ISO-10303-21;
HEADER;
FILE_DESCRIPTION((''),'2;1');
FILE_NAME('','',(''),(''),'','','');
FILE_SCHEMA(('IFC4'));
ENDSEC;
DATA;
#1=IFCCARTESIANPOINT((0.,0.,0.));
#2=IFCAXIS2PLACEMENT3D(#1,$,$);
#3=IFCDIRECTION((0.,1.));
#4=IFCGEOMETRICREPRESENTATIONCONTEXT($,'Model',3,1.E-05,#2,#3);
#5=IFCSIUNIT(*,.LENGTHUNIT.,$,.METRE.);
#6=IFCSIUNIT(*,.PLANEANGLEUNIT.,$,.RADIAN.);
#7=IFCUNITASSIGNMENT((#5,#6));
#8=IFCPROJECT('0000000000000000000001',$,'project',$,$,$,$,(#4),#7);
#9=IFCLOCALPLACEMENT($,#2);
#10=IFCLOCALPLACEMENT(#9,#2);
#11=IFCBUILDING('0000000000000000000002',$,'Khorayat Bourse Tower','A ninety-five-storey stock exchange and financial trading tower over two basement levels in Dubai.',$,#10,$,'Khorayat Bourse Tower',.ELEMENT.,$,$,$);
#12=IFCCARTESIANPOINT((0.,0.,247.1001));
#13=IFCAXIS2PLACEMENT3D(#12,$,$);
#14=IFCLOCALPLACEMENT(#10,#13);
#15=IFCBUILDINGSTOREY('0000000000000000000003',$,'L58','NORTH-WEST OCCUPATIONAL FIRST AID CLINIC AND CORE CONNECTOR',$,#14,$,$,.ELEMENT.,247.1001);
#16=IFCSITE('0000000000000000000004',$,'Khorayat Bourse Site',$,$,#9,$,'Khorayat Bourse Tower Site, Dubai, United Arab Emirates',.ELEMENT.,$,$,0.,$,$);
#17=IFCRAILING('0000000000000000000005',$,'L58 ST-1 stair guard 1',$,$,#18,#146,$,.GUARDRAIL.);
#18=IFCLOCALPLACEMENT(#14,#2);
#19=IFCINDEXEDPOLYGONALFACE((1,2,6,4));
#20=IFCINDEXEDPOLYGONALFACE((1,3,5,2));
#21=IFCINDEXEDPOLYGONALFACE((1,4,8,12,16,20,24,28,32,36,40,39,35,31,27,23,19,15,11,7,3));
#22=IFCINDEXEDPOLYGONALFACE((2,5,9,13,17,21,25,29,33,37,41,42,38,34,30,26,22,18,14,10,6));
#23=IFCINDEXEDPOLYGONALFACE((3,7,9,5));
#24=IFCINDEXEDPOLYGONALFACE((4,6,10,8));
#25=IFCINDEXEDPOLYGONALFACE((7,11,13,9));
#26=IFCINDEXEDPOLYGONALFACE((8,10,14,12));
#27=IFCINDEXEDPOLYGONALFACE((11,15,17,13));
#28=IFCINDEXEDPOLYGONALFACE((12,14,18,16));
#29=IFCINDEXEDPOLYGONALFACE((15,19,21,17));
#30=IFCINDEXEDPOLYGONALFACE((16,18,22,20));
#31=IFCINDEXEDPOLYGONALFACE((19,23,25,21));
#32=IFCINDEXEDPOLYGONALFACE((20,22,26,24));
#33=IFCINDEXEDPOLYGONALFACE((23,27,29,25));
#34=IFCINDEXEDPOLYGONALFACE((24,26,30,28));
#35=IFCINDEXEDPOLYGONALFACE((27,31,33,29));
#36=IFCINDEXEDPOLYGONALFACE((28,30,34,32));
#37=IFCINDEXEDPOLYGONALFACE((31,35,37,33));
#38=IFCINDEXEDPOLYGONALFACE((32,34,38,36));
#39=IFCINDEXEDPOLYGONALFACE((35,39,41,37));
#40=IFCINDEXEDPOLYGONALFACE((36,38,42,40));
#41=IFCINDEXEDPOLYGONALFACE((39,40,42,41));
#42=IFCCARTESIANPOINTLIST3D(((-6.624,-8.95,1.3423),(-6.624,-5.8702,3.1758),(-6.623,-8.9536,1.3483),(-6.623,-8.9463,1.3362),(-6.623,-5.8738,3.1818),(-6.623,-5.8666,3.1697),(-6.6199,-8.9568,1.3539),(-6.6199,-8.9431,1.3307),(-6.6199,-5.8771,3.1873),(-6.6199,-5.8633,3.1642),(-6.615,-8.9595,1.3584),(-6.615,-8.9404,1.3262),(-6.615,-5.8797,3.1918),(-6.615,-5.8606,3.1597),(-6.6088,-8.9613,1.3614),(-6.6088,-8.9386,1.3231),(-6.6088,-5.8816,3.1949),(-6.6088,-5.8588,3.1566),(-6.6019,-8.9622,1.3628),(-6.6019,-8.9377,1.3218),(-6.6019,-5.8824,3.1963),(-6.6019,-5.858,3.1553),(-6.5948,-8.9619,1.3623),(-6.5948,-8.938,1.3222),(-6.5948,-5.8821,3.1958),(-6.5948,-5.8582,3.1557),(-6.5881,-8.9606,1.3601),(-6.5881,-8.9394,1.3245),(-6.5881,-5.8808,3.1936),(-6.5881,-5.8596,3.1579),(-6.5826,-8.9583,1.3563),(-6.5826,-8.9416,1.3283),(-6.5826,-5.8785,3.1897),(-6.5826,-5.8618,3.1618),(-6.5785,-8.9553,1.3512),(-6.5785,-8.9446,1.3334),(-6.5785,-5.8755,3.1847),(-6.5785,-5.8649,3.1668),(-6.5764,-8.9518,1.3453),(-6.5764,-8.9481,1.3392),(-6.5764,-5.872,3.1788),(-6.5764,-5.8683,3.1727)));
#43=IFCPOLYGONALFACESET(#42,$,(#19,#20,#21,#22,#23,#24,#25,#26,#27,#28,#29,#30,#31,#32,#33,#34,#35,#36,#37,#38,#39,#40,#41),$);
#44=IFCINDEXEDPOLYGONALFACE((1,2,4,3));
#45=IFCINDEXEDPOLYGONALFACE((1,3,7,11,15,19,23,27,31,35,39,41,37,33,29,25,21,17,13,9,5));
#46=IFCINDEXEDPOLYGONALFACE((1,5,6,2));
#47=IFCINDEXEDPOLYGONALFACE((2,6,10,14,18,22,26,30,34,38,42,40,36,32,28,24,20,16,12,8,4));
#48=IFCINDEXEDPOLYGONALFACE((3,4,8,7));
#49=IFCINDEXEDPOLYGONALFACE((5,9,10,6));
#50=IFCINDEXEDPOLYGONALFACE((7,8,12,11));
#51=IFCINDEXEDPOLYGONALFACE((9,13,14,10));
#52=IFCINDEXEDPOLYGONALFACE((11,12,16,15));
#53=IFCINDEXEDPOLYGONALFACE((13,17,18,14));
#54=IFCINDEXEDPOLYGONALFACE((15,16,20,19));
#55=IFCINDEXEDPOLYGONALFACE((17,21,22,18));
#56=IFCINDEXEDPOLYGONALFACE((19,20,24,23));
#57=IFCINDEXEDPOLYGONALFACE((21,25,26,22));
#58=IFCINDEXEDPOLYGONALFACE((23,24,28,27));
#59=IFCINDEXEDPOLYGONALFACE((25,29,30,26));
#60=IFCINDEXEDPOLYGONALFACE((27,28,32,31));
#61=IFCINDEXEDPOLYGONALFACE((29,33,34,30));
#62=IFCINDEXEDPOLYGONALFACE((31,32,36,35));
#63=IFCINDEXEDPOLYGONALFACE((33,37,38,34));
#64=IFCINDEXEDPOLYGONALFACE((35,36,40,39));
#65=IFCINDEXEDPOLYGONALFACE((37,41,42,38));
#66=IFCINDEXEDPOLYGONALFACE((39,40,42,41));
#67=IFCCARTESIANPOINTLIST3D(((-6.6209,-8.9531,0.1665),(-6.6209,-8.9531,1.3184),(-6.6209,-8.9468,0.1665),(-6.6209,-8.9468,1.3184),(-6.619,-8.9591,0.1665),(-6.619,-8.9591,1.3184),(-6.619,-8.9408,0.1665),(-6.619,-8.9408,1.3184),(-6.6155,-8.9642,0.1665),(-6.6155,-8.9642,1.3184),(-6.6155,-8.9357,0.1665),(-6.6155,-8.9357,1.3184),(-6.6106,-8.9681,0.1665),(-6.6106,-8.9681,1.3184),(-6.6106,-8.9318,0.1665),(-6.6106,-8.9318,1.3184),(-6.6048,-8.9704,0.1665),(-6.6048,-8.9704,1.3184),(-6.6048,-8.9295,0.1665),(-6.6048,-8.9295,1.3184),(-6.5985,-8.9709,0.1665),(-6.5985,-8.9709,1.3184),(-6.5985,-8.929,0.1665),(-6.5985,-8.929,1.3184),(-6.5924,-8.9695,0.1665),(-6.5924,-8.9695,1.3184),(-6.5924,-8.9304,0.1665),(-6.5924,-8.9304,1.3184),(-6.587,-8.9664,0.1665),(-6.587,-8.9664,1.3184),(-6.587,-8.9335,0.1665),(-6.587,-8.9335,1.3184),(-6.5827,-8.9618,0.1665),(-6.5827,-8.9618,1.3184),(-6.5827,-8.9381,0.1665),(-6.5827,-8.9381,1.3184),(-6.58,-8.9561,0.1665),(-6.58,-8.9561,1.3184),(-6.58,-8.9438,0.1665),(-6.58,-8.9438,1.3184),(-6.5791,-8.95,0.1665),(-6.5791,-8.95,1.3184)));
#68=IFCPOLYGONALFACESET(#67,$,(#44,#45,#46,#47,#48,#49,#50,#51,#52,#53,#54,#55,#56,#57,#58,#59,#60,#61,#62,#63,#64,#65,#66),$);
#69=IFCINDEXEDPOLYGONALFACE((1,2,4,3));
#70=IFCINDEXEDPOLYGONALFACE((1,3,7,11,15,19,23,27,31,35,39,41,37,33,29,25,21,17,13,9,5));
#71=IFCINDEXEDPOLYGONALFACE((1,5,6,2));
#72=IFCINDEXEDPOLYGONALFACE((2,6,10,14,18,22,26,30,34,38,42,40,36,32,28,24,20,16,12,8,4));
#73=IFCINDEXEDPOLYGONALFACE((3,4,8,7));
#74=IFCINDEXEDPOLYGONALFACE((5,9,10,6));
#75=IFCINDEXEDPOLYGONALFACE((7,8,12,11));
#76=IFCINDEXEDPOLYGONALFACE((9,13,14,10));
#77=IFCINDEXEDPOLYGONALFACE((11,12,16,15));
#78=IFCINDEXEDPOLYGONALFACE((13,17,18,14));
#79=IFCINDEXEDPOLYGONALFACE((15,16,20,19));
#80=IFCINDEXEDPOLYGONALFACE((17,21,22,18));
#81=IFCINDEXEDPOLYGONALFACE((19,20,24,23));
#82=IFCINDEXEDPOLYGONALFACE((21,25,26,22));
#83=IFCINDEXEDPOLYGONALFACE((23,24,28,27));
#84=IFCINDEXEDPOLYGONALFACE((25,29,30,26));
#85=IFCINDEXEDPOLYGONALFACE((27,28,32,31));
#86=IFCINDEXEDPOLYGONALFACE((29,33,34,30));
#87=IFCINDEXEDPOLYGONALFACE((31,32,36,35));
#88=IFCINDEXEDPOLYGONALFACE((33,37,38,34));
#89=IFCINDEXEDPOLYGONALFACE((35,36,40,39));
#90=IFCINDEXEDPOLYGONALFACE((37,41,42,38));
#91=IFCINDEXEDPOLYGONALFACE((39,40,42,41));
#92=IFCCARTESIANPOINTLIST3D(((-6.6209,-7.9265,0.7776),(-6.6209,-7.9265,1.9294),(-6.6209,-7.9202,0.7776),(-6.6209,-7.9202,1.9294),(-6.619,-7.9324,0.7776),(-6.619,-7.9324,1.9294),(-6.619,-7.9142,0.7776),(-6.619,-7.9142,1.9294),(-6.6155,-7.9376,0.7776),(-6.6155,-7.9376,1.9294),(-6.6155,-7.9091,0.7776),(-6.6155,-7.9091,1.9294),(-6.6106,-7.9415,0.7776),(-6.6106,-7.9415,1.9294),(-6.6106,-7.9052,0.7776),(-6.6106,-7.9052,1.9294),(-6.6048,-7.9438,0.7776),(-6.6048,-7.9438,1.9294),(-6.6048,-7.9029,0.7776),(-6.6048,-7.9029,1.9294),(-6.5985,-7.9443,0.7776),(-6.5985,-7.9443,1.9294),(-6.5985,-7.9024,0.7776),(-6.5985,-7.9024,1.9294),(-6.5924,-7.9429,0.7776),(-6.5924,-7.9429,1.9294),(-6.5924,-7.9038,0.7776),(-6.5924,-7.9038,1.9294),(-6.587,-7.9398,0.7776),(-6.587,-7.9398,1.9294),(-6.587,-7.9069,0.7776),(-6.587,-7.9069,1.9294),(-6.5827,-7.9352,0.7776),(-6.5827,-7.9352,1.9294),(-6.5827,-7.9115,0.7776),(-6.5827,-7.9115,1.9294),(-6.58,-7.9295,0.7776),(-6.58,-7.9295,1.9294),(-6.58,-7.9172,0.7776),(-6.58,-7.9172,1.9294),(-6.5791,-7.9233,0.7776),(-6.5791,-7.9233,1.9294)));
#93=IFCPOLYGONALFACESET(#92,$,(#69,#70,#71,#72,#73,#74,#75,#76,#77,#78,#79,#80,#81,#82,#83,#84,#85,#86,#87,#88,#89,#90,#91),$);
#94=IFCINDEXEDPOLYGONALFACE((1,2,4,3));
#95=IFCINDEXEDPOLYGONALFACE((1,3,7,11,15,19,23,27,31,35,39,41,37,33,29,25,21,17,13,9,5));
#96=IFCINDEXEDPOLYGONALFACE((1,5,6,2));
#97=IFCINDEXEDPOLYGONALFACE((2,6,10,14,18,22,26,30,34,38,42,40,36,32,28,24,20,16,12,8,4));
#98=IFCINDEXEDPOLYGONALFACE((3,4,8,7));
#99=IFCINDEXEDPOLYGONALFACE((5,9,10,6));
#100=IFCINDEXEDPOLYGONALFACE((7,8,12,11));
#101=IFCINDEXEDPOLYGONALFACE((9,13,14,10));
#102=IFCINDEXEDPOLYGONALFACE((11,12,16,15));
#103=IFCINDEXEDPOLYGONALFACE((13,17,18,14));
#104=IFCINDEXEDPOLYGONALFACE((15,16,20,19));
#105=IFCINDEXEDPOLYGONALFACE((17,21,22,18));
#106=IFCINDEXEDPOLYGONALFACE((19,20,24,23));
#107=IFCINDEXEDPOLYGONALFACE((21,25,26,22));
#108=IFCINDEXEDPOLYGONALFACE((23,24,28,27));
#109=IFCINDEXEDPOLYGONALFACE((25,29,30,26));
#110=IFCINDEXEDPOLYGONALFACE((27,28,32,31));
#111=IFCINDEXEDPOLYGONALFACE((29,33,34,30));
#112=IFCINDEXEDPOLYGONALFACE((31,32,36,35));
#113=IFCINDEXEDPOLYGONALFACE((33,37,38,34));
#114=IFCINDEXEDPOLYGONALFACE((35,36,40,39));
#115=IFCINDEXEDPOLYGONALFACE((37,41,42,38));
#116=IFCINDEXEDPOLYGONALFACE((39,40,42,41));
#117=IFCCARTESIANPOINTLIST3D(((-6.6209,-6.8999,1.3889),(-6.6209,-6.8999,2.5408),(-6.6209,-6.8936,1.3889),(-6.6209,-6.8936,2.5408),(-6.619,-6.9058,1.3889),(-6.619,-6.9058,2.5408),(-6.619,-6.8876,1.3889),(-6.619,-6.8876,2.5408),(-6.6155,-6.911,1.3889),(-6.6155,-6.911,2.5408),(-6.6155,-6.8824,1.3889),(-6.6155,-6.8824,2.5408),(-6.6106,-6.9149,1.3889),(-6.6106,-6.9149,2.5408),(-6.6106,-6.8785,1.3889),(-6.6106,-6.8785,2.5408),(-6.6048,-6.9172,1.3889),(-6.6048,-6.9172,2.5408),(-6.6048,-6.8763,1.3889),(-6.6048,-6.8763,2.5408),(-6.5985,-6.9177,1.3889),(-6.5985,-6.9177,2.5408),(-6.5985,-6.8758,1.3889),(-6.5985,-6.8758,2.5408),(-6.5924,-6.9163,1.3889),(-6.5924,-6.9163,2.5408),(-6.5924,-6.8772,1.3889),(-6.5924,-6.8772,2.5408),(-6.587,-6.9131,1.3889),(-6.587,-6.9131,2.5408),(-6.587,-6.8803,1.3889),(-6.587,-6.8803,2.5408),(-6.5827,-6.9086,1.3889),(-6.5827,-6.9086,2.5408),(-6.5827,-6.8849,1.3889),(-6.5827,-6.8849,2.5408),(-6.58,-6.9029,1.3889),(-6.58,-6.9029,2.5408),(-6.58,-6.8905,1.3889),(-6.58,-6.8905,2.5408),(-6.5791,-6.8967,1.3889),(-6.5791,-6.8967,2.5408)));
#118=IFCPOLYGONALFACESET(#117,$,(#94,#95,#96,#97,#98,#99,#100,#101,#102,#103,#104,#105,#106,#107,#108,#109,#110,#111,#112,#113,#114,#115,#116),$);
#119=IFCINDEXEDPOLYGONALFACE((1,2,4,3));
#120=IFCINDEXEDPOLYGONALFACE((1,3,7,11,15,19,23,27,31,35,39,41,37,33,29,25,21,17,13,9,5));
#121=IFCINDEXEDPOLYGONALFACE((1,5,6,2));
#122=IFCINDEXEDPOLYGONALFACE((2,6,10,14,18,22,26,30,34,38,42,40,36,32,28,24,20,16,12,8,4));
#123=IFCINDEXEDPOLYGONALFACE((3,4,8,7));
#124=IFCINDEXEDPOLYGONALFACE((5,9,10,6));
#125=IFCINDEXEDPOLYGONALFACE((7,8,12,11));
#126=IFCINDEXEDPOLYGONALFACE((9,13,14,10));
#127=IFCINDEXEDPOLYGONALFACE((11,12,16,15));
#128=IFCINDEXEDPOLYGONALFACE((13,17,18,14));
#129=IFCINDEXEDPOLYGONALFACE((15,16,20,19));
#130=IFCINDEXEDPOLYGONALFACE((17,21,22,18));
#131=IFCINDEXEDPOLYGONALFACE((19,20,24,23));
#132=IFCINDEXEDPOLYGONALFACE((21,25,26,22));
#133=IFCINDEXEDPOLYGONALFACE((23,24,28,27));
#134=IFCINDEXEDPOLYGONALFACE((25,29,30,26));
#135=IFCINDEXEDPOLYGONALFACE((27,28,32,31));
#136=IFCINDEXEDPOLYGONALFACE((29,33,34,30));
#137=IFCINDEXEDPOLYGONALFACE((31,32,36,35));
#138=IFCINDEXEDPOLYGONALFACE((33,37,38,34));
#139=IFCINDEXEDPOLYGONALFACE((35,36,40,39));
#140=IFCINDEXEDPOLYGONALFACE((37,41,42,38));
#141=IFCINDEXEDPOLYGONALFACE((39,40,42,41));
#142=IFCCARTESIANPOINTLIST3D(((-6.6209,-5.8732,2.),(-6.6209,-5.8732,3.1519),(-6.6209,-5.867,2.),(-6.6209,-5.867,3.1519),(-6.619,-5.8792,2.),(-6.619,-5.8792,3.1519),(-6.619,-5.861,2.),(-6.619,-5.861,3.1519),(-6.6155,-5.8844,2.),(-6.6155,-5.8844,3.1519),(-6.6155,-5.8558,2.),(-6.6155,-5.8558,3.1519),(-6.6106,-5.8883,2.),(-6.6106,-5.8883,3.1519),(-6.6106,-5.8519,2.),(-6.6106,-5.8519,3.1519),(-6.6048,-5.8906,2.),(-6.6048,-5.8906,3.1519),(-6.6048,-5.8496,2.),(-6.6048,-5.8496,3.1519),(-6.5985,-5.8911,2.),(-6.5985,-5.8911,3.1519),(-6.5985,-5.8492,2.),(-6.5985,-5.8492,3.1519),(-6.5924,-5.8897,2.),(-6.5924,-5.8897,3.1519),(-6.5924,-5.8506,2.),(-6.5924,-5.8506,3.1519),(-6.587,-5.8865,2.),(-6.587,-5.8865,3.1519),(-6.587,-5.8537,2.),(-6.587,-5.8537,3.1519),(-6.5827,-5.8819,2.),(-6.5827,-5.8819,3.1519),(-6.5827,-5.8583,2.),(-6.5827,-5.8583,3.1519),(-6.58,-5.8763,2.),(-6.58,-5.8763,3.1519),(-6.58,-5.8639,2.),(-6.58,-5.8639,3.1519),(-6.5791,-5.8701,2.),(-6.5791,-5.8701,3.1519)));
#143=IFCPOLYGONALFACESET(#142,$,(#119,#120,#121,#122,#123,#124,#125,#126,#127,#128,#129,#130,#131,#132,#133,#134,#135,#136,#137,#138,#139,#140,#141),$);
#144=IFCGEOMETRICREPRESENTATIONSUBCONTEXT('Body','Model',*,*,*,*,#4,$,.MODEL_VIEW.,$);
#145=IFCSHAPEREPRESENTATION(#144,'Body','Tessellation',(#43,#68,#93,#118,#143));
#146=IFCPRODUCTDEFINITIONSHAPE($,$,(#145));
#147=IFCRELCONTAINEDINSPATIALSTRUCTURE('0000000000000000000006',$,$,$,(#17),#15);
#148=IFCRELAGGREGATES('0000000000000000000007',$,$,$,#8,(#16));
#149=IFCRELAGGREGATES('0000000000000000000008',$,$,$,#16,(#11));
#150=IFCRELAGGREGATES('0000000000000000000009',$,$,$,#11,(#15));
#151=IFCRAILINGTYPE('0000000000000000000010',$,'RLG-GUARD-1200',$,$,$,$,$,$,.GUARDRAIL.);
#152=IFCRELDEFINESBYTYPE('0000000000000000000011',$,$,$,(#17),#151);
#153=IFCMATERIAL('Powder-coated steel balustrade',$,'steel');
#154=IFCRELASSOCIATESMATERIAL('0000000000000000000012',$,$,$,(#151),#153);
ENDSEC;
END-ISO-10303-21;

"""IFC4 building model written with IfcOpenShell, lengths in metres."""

from ifc_helpers import new_model, si_unit, direction, frame, origin, origin_2d, place, context, subcontext, project, spatial, circle, extrude, source, transform, mapped, material, type_object, element, save


model = new_model("IFC4")

# Units and contexts
model_context = context("Model", 3, precision=1e-05, world=origin(), true_north=direction((0.0, 1.0)))
body_context = subcontext(model_context, "Body", "Model", "MODEL_VIEW")
ifc_project = project(units=[si_unit("LENGTHUNIT", "METRE"), si_unit("PLANEANGLEUNIT", "RADIAN")], contexts=[model_context])

# Site, building, storey
site_placement = place(None, origin())
site = spatial("IfcSite", under=ifc_project, at=site_placement, Name="Khorayat Bourse Site", LongName="Khorayat Bourse Tower Site, Dubai, United Arab Emirates", CompositionType="ELEMENT", RefElevation=0.0)
building_placement = place(site_placement, origin())
building = spatial("IfcBuilding", under=site, at=building_placement, Name="Khorayat Bourse Tower", Description="A ninety-five-storey stock exchange and financial trading tower over two basement levels in Dubai.", LongName="Khorayat Bourse Tower", CompositionType="ELEMENT")
storey_placement = place(building_placement, frame((0.0, 0.0, 247.1001)))
storey = spatial("IfcBuildingStorey", under=building, at=storey_placement, Name="L58", Description="NORTH-WEST OCCUPATIONAL FIRST AID CLINIC AND CORE CONNECTOR", CompositionType="ELEMENT", Elevation=247.1001)

# Railing
ifc_material_1 = material(Name="Powder-coated steel balustrade", Category="steel")
railing_type_1 = type_object("IfcRailingType", Name="RLG-GUARD-1200", PredefinedType="GUARDRAIL", material=ifc_material_1)
shared_shape_1 = source(origin(), body_context, "Body", "SweptSolid", [
    extrude(circle(Radius=0.0239, at=origin_2d()), frame((0.0, 0.0, 1.1758), z_axis=(0.0, 0.859261, 0.511538), x_axis=(-1.0, 0.0, 0.0)), (0.0, 0.0, 1.0), 3.5842),
    extrude(circle(Radius=0.021, at=origin_2d()), origin(), (0.0, 0.0, 1.0), 1.1519),
    extrude(circle(Radius=0.021, at=origin_2d()), frame((0.0, 1.0266, 0.6111)), (0.0, 0.0, 1.0), 1.1519),
    extrude(circle(Radius=0.021, at=origin_2d()), frame((0.0, 2.0532, 1.2224)), (0.0, 0.0, 1.0), 1.1519),
    extrude(circle(Radius=0.021, at=origin_2d()), frame((0.0, 3.0798, 1.8335)), (0.0, 0.0, 1.0), 1.1519),
])
railing_1_placement = place(storey_placement, frame((-6.6001, -8.95, 0.1665)))
element("IfcRailing", 1, at=railing_1_placement, inside=storey, type_object=railing_type_1, Name="L58 ST-1 stair guard 1", PredefinedType="GUARDRAIL", context=body_context, shape_type="MappedRepresentation", body=[
    mapped(shared_shape_1, transform((0.0, 0.0, 0.0), scale=1.0)),
])

save(model, "model.ifc")
